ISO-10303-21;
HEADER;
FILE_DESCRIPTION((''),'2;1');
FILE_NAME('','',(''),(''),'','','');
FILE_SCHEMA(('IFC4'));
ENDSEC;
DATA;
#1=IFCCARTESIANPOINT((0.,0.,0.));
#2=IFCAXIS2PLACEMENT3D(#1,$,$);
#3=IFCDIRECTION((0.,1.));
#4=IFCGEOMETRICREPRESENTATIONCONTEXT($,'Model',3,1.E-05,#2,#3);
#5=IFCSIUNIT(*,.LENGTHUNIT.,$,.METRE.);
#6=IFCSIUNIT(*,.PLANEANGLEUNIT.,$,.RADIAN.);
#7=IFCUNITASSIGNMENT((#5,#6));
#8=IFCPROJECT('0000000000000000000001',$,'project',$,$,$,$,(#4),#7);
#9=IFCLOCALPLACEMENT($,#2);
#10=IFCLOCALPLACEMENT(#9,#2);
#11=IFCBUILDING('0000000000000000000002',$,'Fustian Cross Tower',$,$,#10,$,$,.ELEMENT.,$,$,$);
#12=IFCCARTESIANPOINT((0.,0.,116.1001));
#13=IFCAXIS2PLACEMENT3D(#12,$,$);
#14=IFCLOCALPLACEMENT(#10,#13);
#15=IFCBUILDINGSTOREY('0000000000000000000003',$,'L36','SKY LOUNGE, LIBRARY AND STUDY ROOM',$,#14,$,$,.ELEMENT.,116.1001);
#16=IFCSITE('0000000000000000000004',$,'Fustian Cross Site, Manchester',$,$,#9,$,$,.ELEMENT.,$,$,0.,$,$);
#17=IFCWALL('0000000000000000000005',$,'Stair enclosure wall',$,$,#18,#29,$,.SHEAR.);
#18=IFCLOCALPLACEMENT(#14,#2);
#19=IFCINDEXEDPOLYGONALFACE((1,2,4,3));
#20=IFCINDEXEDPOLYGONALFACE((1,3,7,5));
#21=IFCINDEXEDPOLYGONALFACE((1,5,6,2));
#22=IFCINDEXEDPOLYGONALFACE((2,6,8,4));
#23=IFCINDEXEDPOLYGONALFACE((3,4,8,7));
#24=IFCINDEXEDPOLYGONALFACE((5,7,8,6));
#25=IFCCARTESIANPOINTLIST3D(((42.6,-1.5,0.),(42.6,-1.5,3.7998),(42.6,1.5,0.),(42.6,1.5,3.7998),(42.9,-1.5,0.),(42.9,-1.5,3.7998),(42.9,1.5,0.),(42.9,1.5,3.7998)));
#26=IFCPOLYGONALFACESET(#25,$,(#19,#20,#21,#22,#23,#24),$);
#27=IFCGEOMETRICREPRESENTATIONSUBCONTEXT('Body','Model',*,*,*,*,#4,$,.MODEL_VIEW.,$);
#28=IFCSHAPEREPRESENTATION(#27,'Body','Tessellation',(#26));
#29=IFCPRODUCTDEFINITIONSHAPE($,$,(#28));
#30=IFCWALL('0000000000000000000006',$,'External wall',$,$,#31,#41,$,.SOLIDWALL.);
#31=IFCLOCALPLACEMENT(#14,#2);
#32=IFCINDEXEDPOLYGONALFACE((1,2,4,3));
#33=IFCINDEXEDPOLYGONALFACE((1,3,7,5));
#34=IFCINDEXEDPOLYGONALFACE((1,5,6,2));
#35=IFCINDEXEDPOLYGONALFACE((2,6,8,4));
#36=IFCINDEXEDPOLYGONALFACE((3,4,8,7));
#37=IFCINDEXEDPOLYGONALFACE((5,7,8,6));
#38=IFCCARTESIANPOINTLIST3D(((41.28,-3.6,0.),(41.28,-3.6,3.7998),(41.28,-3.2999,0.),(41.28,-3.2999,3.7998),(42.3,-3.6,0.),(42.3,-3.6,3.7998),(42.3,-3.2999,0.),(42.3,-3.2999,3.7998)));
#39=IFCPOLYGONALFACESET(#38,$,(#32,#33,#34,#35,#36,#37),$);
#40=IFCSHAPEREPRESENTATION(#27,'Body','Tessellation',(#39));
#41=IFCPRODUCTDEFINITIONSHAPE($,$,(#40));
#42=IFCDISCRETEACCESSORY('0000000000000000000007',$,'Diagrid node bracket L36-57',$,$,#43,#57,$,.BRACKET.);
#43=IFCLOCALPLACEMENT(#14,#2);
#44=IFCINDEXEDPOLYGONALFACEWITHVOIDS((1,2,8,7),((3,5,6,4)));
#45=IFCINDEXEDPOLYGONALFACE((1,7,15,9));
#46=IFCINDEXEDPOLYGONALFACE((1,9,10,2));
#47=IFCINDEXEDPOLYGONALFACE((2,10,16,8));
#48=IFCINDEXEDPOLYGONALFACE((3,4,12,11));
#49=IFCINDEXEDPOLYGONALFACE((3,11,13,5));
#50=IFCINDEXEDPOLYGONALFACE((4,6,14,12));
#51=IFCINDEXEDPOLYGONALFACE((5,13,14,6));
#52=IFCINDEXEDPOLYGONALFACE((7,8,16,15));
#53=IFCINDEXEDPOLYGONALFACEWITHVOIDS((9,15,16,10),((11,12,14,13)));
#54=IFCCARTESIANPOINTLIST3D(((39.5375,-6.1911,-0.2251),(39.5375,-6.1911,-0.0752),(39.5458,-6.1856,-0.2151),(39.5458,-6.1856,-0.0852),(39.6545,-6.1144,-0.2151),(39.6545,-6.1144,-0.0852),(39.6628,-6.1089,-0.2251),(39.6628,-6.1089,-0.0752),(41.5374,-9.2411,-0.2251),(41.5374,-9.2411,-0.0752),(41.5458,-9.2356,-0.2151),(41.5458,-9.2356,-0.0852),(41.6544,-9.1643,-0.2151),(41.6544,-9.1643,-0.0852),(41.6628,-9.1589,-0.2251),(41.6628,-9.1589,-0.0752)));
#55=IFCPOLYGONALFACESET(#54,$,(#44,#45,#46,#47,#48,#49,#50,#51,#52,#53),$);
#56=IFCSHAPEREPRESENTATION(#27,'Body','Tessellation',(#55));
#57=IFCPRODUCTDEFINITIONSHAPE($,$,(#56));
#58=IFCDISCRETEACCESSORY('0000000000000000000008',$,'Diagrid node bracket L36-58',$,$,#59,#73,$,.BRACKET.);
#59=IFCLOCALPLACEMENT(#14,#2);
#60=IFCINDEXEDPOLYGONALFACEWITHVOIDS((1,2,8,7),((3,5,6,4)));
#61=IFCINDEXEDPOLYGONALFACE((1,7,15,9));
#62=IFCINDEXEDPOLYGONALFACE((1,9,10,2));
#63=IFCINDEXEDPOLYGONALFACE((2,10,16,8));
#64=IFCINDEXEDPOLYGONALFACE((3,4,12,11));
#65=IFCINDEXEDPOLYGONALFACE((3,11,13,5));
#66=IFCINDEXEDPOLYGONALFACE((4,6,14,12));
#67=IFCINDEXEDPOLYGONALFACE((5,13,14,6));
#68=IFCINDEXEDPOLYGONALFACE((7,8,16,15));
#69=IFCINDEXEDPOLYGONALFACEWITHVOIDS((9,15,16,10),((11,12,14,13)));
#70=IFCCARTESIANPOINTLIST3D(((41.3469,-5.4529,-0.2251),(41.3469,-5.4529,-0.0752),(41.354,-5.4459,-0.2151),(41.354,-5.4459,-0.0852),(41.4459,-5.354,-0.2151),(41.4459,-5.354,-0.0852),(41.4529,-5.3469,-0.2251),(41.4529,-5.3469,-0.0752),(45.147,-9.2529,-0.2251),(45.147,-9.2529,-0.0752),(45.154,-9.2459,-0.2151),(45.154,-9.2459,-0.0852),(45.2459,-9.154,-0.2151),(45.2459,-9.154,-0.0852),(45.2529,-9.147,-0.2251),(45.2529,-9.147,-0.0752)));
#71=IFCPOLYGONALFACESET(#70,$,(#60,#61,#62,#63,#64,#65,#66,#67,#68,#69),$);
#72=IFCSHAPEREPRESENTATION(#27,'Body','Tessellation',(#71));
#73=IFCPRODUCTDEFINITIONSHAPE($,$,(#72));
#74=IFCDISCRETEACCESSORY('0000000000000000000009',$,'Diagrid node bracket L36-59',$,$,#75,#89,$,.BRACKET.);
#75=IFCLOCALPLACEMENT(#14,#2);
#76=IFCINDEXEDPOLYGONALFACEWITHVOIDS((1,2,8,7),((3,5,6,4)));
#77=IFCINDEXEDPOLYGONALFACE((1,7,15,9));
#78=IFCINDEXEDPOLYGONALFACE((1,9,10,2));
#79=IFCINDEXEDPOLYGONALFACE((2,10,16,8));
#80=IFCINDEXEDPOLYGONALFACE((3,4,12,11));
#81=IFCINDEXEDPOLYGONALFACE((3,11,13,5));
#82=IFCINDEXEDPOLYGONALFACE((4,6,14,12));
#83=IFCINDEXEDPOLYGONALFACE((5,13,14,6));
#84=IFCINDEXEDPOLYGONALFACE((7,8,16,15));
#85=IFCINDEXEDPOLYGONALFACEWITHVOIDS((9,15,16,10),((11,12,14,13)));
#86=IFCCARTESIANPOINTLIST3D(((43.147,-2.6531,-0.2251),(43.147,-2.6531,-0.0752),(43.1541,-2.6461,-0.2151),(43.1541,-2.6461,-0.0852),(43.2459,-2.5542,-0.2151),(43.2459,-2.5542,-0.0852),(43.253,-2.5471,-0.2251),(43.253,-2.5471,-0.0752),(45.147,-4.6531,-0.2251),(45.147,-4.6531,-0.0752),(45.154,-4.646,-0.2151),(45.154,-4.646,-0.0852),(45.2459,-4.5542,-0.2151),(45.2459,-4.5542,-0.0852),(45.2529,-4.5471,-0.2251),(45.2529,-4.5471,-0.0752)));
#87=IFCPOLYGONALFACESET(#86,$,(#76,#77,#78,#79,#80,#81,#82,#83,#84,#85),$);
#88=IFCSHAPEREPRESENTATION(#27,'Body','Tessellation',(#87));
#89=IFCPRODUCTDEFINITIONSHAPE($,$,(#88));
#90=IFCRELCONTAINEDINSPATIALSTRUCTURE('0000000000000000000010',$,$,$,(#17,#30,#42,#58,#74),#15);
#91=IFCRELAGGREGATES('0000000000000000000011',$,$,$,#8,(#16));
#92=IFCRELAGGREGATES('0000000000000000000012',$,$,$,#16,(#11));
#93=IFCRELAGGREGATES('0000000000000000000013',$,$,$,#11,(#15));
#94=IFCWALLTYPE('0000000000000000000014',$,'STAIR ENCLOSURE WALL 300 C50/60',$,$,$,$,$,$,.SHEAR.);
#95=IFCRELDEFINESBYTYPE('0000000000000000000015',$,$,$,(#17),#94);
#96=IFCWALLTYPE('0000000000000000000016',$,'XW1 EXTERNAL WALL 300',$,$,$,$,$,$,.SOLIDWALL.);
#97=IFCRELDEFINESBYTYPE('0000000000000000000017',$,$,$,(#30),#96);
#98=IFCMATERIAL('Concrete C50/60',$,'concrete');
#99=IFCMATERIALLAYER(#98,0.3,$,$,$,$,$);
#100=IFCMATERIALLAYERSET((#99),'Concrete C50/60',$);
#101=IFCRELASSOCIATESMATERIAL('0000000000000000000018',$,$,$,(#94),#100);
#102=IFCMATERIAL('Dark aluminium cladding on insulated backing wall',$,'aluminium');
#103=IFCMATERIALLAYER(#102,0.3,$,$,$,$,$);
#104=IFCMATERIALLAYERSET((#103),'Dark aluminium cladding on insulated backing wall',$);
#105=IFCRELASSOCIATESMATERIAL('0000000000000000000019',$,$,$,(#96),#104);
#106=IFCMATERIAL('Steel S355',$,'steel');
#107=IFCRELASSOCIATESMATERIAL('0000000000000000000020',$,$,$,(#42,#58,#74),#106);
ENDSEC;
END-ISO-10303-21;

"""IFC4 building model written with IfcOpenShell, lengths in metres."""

from ifc_helpers import new_model, si_unit, direction, frame, frame_2d, origin, origin_2d, place, context, subcontext, project, spatial, rectangle, hollow_rectangle, extrude, material, layer, layer_set, type_object, element, save


model = new_model("IFC4")

# Units and contexts
model_context = context("Model", 3, precision=1e-05, world=origin(), true_north=direction((0.0, 1.0)))
body_context = subcontext(model_context, "Body", "Model", "MODEL_VIEW")
ifc_project = project(units=[si_unit("LENGTHUNIT", "METRE"), si_unit("PLANEANGLEUNIT", "RADIAN")], contexts=[model_context])

# Site, building, storey
site_placement = place(None, origin())
site = spatial("IfcSite", under=ifc_project, at=site_placement, Name="Fustian Cross Site, Manchester", CompositionType="ELEMENT", RefElevation=0.0)
building_placement = place(site_placement, origin())
building = spatial("IfcBuilding", under=site, at=building_placement, Name="Fustian Cross Tower", CompositionType="ELEMENT")
storey_placement = place(building_placement, frame((0.0, 0.0, 116.1001)))
storey = spatial("IfcBuildingStorey", under=building, at=storey_placement, Name="L36", Description="SKY LOUNGE, LIBRARY AND STUDY ROOM", CompositionType="ELEMENT", Elevation=116.1001)

# Walls
ifc_material_1 = material(Name="Concrete C50/60", Category="concrete")
ifc_layer_1 = layer(ifc_material_1, 0.3)
ifc_layer_set_1 = layer_set([ifc_layer_1], Name="Concrete C50/60")
wall_type_1 = type_object("IfcWallType", Name="STAIR ENCLOSURE WALL 300 C50/60", PredefinedType="SHEAR", material=ifc_layer_set_1)
wall_1_placement = place(storey_placement, frame((42.75, -1.5, 0.0), z_axis=(0.0, 0.0, 1.0), x_axis=(0.0, 1.0, 0.0)))
element("IfcWall", 1, at=wall_1_placement, inside=storey, type_object=wall_type_1, Name="Stair enclosure wall", PredefinedType="SHEAR", context=body_context, shape_type="SweptSolid", body=[
    extrude(rectangle(XDim=3.0, YDim=0.3, at=frame_2d((1.5, 0.0))), origin(), (0.0, 0.0, 1.0), 3.7998),
])
ifc_material_2 = material(Name="Dark aluminium cladding on insulated backing wall", Category="aluminium")
ifc_layer_2 = layer(ifc_material_2, 0.3)
ifc_layer_set_2 = layer_set([ifc_layer_2], Name="Dark aluminium cladding on insulated backing wall")
wall_type_2 = type_object("IfcWallType", Name="XW1 EXTERNAL WALL 300", PredefinedType="SOLIDWALL", material=ifc_layer_set_2)
wall_2_placement = place(storey_placement, frame((41.28, -3.45, 0.0), z_axis=(0.0, 0.0, 1.0), x_axis=(1.0, 0.0, 0.0)))
element("IfcWall", 2, at=wall_2_placement, inside=storey, type_object=wall_type_2, Name="External wall", PredefinedType="SOLIDWALL", context=body_context, shape_type="SweptSolid", body=[
    extrude(rectangle(XDim=1.02, YDim=0.3, at=frame_2d((0.51, 0.0))), origin(), (0.0, 0.0, 1.0), 3.7998),
])

# Discrete accessories
ifc_material_3 = material(Name="Steel S355", Category="steel")
discrete_accessory_1_placement = place(storey_placement, frame((41.6001, -9.2, -0.1501), z_axis=(-0.548351, 0.836248, 0.0), x_axis=(-0.836248, -0.548351, 0.0)))
element("IfcDiscreteAccessory", 3, at=discrete_accessory_1_placement, inside=storey, material=ifc_material_3, Name="Diagrid node bracket L36-57", PredefinedType="BRACKET", context=body_context, shape_type="SweptSolid", body=[
    extrude(hollow_rectangle(XDim=0.1499, YDim=0.1499, WallThickness=0.01, at=origin_2d()), origin(), (0.0, 0.0, 1.0), 3.6472),
])
discrete_accessory_2_placement = place(storey_placement, frame((45.2, -9.2, -0.1501), z_axis=(-0.707107, 0.707107, 0.0), x_axis=(-0.707107, -0.707107, 0.0)))
element("IfcDiscreteAccessory", 4, at=discrete_accessory_2_placement, inside=storey, material=ifc_material_3, Name="Diagrid node bracket L36-58", PredefinedType="BRACKET", context=body_context, shape_type="SweptSolid", body=[
    extrude(hollow_rectangle(XDim=0.1499, YDim=0.1499, WallThickness=0.01, at=origin_2d()), origin(), (0.0, 0.0, 1.0), 5.374),
])
discrete_accessory_3_placement = place(storey_placement, frame((45.2, -4.6001, -0.1501), z_axis=(-0.707107, 0.707107, 0.0), x_axis=(-0.707107, -0.707107, 0.0)))
element("IfcDiscreteAccessory", 5, at=discrete_accessory_3_placement, inside=storey, material=ifc_material_3, Name="Diagrid node bracket L36-59", PredefinedType="BRACKET", context=body_context, shape_type="SweptSolid", body=[
    extrude(hollow_rectangle(XDim=0.1499, YDim=0.1499, WallThickness=0.01, at=origin_2d()), origin(), (0.0, 0.0, 1.0), 2.8284),
])

save(model, "model.ifc")
